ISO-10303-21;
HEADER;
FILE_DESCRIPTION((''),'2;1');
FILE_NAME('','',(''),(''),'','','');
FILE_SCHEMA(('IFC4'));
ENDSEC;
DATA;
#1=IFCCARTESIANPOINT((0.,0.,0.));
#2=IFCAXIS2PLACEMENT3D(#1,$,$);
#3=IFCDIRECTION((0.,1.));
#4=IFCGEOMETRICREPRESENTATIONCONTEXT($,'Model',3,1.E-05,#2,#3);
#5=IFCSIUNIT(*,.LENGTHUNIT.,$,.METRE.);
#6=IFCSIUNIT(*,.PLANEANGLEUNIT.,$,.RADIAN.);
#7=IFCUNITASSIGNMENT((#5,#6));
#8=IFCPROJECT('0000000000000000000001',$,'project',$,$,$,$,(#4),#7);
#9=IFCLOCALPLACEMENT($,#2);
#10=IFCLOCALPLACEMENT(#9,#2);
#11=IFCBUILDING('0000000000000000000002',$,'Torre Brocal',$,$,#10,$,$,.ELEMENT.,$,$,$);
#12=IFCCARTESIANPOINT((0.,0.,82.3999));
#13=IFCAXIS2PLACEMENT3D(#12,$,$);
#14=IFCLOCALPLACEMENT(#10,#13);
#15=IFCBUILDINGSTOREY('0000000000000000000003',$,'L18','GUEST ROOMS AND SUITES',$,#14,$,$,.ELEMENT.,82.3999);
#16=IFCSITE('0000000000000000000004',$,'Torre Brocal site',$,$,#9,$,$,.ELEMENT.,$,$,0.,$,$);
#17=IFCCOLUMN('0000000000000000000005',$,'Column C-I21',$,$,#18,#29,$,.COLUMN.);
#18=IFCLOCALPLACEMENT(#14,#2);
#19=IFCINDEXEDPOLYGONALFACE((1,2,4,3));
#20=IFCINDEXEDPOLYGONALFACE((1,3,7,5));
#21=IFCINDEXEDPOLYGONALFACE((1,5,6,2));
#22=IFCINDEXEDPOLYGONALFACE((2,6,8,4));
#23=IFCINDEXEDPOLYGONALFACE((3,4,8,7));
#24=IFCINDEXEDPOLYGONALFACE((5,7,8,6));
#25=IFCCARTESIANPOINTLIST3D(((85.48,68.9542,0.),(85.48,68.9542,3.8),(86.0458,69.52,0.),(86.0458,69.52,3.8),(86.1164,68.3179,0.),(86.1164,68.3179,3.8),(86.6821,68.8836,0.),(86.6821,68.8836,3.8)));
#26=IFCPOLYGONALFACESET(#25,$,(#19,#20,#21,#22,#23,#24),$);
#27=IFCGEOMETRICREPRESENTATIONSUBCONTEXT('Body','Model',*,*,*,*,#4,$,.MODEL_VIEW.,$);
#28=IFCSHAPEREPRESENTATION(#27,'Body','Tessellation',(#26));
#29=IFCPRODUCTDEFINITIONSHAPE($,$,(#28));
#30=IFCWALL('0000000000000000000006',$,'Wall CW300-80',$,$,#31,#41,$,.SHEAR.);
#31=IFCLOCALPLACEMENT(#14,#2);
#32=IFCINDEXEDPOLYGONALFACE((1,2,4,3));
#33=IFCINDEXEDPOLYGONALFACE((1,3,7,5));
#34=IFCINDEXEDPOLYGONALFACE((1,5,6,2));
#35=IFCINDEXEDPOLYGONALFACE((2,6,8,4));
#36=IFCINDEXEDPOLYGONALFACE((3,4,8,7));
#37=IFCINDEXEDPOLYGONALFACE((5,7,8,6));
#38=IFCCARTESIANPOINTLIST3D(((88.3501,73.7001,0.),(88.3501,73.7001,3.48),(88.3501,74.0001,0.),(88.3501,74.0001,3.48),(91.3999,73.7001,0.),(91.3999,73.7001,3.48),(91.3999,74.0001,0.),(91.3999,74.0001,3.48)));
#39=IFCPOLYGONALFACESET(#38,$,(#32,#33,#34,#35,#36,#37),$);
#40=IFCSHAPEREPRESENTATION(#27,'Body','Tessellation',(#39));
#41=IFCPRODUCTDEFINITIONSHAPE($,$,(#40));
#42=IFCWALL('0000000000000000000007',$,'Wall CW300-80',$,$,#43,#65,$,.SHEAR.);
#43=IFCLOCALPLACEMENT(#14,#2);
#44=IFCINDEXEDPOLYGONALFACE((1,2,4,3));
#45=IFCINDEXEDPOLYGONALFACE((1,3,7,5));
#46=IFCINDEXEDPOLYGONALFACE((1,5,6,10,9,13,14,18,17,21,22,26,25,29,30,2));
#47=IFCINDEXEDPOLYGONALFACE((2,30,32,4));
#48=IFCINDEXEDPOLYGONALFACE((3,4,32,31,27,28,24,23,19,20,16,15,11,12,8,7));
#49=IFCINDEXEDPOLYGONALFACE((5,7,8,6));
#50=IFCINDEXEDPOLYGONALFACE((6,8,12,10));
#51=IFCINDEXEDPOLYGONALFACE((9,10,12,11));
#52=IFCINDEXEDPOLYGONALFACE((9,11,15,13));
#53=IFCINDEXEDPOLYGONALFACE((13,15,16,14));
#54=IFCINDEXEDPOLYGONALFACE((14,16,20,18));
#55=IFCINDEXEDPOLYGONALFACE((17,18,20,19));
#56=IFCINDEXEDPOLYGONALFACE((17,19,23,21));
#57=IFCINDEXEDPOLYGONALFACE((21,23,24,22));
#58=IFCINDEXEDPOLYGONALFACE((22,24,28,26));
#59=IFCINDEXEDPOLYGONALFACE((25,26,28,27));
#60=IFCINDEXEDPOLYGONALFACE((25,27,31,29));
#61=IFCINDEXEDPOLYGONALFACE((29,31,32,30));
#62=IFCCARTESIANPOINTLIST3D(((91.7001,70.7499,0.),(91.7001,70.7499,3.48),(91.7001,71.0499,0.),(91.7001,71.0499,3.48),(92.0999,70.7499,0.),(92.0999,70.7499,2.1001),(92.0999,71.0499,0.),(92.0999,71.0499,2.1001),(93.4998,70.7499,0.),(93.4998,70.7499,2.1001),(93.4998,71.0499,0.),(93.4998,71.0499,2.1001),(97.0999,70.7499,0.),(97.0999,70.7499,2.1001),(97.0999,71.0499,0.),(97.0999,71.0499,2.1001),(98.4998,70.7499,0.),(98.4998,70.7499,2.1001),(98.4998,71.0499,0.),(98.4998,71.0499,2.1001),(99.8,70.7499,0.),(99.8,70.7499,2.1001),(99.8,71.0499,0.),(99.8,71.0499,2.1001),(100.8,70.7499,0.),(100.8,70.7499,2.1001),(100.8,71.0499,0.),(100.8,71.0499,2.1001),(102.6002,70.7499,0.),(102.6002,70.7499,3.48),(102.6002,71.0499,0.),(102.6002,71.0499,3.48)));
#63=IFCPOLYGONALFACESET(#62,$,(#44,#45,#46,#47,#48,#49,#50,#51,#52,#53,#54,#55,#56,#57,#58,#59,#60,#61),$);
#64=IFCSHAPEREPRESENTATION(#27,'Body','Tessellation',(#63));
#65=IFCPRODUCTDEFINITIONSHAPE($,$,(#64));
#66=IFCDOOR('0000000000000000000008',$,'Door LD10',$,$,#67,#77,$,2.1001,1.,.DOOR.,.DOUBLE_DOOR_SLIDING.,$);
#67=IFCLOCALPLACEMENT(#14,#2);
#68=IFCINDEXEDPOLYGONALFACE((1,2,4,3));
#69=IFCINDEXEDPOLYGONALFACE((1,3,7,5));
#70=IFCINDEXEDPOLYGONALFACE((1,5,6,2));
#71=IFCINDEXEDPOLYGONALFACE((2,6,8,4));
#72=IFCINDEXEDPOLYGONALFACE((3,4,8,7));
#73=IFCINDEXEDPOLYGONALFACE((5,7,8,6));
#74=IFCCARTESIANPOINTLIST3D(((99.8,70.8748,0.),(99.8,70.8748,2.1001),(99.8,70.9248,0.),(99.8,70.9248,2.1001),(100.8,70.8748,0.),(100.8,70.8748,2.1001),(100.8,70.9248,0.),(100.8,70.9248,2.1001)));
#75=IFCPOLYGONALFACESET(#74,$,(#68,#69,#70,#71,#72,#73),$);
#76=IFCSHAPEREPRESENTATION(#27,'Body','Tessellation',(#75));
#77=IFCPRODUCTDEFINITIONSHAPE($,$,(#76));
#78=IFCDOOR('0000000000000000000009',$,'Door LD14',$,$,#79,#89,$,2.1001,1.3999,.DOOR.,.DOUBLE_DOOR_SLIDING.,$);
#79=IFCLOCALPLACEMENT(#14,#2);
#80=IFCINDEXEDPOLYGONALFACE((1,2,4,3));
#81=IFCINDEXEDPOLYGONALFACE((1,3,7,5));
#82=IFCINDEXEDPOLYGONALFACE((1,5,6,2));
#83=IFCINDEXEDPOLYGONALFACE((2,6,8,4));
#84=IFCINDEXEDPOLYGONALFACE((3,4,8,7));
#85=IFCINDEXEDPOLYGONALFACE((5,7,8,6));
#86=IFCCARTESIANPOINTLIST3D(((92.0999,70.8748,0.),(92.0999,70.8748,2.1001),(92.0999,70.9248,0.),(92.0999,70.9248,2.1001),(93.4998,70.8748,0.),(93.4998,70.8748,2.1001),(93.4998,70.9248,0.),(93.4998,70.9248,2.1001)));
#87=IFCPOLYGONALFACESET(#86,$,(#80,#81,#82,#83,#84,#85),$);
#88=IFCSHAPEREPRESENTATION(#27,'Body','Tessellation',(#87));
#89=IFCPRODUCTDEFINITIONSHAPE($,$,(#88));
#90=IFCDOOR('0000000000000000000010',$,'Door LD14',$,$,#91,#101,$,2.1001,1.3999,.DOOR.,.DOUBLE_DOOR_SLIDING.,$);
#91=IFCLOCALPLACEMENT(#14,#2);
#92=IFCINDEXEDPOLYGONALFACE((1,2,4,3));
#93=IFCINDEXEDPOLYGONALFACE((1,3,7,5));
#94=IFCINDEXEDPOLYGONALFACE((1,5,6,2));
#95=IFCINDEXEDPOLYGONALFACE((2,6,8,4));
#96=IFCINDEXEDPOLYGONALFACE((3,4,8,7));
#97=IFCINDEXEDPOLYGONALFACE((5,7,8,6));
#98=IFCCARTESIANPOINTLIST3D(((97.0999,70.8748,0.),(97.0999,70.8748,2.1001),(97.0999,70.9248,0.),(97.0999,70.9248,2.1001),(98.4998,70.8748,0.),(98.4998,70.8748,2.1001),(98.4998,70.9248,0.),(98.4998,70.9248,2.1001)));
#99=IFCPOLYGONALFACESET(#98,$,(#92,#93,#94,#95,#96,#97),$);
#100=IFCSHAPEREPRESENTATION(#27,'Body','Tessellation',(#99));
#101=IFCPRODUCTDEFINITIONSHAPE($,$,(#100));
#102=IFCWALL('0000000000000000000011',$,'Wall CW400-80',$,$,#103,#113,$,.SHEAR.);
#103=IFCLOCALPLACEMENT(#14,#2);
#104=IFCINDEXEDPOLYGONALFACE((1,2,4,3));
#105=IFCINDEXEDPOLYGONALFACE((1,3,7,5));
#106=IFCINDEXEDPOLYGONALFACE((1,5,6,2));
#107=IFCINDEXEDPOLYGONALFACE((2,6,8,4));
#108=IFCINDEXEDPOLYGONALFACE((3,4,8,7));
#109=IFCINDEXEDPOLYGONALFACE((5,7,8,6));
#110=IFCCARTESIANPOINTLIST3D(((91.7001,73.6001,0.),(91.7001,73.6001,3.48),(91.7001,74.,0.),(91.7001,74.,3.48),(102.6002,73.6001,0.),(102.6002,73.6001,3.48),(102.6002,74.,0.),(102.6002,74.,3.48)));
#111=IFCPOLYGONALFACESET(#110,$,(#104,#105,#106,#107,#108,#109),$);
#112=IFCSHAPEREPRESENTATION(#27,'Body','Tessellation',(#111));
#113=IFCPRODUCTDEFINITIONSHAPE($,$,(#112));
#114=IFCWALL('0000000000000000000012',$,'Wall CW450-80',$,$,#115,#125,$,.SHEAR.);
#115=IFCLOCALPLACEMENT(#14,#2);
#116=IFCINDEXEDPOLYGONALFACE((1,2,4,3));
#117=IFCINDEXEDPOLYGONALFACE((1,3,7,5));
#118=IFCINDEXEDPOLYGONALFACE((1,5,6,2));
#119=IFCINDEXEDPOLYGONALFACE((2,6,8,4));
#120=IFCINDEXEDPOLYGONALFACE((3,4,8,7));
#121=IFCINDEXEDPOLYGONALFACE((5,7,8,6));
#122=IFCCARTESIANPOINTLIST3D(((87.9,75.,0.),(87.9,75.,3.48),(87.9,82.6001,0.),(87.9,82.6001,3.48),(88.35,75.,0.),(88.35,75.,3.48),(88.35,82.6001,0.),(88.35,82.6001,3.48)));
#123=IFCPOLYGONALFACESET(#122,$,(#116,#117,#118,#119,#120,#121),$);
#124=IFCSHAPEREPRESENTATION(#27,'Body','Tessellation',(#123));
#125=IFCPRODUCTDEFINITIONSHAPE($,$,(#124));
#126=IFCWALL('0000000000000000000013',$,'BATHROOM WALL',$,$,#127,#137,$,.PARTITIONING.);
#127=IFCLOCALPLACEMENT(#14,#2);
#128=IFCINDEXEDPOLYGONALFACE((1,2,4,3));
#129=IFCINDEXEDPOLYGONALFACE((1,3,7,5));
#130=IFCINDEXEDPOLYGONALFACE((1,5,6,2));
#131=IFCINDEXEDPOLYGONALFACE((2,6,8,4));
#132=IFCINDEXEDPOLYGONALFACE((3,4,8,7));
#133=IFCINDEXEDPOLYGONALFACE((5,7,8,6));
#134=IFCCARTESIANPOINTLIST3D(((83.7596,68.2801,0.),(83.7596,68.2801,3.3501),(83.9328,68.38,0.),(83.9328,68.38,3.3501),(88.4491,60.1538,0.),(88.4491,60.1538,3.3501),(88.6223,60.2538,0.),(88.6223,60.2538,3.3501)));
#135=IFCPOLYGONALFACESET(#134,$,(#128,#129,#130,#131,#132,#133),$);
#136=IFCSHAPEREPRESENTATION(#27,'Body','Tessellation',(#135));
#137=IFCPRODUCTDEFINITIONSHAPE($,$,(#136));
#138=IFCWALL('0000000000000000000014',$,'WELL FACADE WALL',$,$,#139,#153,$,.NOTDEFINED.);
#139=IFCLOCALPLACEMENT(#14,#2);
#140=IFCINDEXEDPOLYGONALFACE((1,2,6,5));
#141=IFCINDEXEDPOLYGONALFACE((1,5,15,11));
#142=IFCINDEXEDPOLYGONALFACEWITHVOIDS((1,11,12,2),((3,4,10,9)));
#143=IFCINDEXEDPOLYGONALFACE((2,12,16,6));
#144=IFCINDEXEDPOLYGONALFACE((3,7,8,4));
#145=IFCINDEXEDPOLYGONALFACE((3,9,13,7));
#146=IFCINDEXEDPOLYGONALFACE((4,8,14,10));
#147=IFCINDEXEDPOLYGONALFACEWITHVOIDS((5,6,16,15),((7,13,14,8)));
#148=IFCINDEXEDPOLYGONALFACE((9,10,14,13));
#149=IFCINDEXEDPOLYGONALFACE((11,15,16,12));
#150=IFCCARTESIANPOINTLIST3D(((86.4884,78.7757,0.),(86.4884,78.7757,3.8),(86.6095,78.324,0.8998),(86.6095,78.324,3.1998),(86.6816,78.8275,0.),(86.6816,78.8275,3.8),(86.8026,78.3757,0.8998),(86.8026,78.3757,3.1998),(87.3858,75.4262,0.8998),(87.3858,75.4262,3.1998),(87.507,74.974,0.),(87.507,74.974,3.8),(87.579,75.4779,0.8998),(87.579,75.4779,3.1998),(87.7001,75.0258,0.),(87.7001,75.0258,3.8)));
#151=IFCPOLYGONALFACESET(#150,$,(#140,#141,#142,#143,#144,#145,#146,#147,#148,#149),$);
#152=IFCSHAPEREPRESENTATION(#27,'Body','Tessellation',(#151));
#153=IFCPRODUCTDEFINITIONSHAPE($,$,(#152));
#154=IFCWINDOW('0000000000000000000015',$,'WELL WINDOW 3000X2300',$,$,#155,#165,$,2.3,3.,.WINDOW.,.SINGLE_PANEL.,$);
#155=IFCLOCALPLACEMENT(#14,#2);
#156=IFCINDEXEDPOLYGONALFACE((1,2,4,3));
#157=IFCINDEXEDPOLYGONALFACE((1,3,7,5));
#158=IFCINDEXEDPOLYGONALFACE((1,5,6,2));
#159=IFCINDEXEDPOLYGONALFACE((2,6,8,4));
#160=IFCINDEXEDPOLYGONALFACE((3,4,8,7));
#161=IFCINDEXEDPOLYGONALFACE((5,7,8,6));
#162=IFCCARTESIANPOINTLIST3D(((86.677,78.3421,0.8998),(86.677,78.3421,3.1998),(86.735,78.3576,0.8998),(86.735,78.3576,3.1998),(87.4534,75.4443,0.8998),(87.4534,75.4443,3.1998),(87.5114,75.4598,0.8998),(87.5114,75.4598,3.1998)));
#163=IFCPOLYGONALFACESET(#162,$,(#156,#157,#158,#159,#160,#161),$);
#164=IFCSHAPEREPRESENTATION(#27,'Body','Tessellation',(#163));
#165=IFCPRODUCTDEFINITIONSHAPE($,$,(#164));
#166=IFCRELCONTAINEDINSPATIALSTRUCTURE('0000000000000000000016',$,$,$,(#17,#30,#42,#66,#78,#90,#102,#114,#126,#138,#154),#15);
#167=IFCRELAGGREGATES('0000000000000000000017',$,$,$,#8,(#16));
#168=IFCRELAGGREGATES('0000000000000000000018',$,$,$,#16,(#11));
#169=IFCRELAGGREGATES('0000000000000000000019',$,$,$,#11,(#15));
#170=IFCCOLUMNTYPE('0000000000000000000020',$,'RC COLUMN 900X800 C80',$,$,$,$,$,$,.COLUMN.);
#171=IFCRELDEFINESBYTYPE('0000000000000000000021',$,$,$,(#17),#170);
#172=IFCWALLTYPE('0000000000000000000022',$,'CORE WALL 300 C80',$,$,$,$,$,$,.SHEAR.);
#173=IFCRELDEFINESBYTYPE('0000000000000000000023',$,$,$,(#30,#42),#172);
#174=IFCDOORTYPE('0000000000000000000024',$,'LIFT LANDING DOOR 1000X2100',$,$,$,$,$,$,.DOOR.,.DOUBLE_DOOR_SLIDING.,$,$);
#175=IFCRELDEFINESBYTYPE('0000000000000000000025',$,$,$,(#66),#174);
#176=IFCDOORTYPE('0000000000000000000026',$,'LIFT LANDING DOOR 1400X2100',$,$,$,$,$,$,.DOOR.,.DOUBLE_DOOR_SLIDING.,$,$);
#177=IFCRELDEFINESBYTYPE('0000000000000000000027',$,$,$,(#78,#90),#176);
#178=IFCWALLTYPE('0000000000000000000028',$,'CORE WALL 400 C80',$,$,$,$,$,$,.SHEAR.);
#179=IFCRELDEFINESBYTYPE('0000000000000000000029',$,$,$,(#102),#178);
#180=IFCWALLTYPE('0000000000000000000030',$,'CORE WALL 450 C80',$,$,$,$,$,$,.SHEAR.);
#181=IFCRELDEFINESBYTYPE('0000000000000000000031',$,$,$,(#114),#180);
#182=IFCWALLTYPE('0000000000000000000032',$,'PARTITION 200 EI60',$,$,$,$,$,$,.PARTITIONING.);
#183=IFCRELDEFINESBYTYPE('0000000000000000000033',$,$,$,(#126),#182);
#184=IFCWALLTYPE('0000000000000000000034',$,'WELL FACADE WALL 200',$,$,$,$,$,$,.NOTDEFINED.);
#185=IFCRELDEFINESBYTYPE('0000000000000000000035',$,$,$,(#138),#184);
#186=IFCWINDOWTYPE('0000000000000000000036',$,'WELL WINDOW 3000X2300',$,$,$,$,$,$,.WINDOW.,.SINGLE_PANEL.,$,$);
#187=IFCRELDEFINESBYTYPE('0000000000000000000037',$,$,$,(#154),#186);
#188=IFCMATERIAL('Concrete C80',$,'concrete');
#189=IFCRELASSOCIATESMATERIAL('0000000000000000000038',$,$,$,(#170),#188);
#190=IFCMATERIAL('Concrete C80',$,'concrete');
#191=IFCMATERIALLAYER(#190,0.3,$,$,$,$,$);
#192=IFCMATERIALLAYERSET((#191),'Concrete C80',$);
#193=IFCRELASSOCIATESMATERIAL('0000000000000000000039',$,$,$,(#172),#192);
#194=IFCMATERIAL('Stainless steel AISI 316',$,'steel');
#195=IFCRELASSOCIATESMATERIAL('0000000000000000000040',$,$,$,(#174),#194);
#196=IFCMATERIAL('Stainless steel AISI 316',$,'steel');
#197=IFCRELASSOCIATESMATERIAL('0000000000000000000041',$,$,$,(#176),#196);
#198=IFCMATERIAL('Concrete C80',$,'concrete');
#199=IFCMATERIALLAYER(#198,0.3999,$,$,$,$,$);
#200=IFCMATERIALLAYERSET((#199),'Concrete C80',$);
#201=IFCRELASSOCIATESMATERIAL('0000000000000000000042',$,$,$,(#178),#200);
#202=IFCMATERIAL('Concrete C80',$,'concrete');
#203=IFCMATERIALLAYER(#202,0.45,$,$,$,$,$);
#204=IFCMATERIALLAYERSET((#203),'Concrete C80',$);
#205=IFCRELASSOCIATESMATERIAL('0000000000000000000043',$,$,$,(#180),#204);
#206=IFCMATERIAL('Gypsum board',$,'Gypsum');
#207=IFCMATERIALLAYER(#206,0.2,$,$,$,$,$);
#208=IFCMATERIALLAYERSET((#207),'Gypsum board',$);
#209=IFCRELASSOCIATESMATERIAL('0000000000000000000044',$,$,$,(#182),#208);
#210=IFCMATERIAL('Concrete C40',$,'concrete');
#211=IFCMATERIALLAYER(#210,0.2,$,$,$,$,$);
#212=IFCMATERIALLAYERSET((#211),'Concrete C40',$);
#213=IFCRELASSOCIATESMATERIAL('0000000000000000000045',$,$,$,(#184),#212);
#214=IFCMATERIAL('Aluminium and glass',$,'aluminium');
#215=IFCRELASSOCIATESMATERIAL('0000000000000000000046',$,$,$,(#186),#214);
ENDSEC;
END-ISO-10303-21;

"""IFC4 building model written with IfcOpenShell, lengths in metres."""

from ifc_helpers import new_model, si_unit, direction, frame, frame_2d, origin, origin_2d, place, context, subcontext, project, spatial, rectangle, extrude, material, layer, layer_set, material_profile, profile_set, type_object, element, fill, save


model = new_model("IFC4")

# Units and contexts
model_context = context("Model", 3, precision=1e-05, world=origin(), true_north=direction((0.0, 1.0)))
body_context = subcontext(model_context, "Body", "Model", "MODEL_VIEW")
ifc_project = project(units=[si_unit("LENGTHUNIT", "METRE"), si_unit("PLANEANGLEUNIT", "RADIAN")], contexts=[model_context])

# Site, building, storey
site_placement = place(None, origin())
site = spatial("IfcSite", under=ifc_project, at=site_placement, Name="Torre Brocal site", CompositionType="ELEMENT", RefElevation=0.0)
building_placement = place(site_placement, origin())
building = spatial("IfcBuilding", under=site, at=building_placement, Name="Torre Brocal", CompositionType="ELEMENT")
storey_placement = place(building_placement, frame((0.0, 0.0, 82.3999)))
storey = spatial("IfcBuildingStorey", under=building, at=storey_placement, Name="L18", Description="GUEST ROOMS AND SUITES", CompositionType="ELEMENT", Elevation=82.3999)

# Column
ifc_material_1 = material(Name="Concrete C80", Category="concrete")
ifc_material_profile = material_profile(ifc_material_1, rectangle(XDim=0.8999, YDim=0.8, at=origin_2d()), Name="RC 900X800")
ifc_profile_set = profile_set([ifc_material_profile], Name="Concrete C80")
column_type = type_object("IfcColumnType", Name="RC COLUMN 900X800 C80", PredefinedType="COLUMN", material=ifc_profile_set)
column_placement = place(storey_placement, frame((86.0811, 68.9189, 0.0), z_axis=(0.0, 0.0, 1.0), x_axis=(0.707107, -0.707107, 0.0)))
element("IfcColumn", 1, at=column_placement, inside=storey, type_object=column_type, Name="Column C-I21", PredefinedType="COLUMN", context=body_context, shape_type="SweptSolid", body=[
    extrude(rectangle(XDim=0.8999, YDim=0.8, at=origin_2d()), origin(), (0.0, 0.0, 1.0), 3.8),
])

# Wall
ifc_material_2 = material(Name="Concrete C80", Category="concrete")
ifc_layer_1 = layer(ifc_material_2, 0.3)
ifc_layer_set_1 = layer_set([ifc_layer_1], Name="Concrete C80")
wall_type_1 = type_object("IfcWallType", Name="CORE WALL 300 C80", PredefinedType="SHEAR", material=ifc_layer_set_1)
wall_1_placement = place(storey_placement, frame((88.3501, 73.8501, 0.0), z_axis=(0.0, 0.0, 1.0), x_axis=(1.0, 0.0, 0.0)))
element("IfcWall", 2, at=wall_1_placement, inside=storey, type_object=wall_type_1, Name="Wall CW300-80", PredefinedType="SHEAR", context=body_context, shape_type="SweptSolid", body=[
    extrude(rectangle(XDim=3.0498, YDim=0.3, at=frame_2d((1.5249, 0.0))), origin(), (0.0, 0.0, 1.0), 3.48),
])

# Wall, openings, doors
wall_2_placement = place(storey_placement, frame((91.7, 70.8999, 0.0), z_axis=(0.0, 0.0, 1.0), x_axis=(1.0, 0.0, 0.0)))
wall_2 = element("IfcWall", 3, at=wall_2_placement, inside=storey, type_object=wall_type_1, Name="Wall CW300-80", PredefinedType="SHEAR", context=body_context, shape_type="SweptSolid", body=[
    extrude(rectangle(XDim=10.9001, YDim=0.3, at=frame_2d((5.4502, 0.0))), origin(), (0.0, 0.0, 1.0), 3.48),
])
opening_1_placement = place(wall_2_placement, frame((0.3999, 0.0, 0.0)))
opening_1 = element("IfcOpeningElement", 4, at=opening_1_placement, cuts=wall_2, PredefinedType="OPENING", context=body_context, shape_type="SweptSolid", body=[
    extrude(rectangle(XDim=1.3999, YDim=2.1001, at=frame_2d((0.7, 1.05))), frame((0.0, 0.1599, 0.0), z_axis=(0.0, -1.0, 0.0), x_axis=(1.0, 0.0, 0.0)), (0.0, 0.0, 1.0), 0.3201),
])
opening_2_placement = place(wall_2_placement, frame((5.3999, 0.0, 0.0)))
opening_2 = element("IfcOpeningElement", 5, at=opening_2_placement, cuts=wall_2, PredefinedType="OPENING", context=body_context, shape_type="SweptSolid", body=[
    extrude(rectangle(XDim=1.3999, YDim=2.1001, at=frame_2d((0.7, 1.05))), frame((0.0, 0.1599, 0.0), z_axis=(0.0, -1.0, 0.0), x_axis=(1.0, 0.0, 0.0)), (0.0, 0.0, 1.0), 0.3201),
])
opening_3_placement = place(wall_2_placement, frame((8.1001, 0.0, 0.0)))
opening_3 = element("IfcOpeningElement", 6, at=opening_3_placement, cuts=wall_2, PredefinedType="OPENING", context=body_context, shape_type="SweptSolid", body=[
    extrude(rectangle(XDim=1.0, YDim=2.1001, at=frame_2d((0.5, 1.05))), frame((0.0, 0.1599, 0.0), z_axis=(0.0, -1.0, 0.0), x_axis=(1.0, 0.0, 0.0)), (0.0, 0.0, 1.0), 0.3201),
])
ifc_material_3 = material(Name="Stainless steel AISI 316", Category="steel")
door_type_1 = type_object("IfcDoorType", Name="LIFT LANDING DOOR 1000X2100", OperationType="DOUBLE_DOOR_SLIDING", PredefinedType="DOOR", material=ifc_material_3)
door_1_placement = place(opening_3_placement, origin())
door_1 = element("IfcDoor", 7, at=door_1_placement, inside=storey, type_object=door_type_1, Name="Door LD10", OperationType="DOUBLE_DOOR_SLIDING", OverallHeight=2.1001, OverallWidth=1.0, PredefinedType="DOOR", context=body_context, shape_type="SweptSolid", body=[
    extrude(rectangle(XDim=1.0, YDim=2.1001, at=frame_2d((0.5, 1.05))), frame((0.0, 0.0249, 0.0), z_axis=(0.0, -1.0, 0.0), x_axis=(1.0, 0.0, 0.0)), (0.0, 0.0, 1.0), 0.05),
])
fill(opening_3, door_1)
ifc_material_4 = material(Name="Stainless steel AISI 316", Category="steel")
door_type_2 = type_object("IfcDoorType", Name="LIFT LANDING DOOR 1400X2100", OperationType="DOUBLE_DOOR_SLIDING", PredefinedType="DOOR", material=ifc_material_4)
door_2_placement = place(opening_1_placement, origin())
door_2 = element("IfcDoor", 8, at=door_2_placement, inside=storey, type_object=door_type_2, Name="Door LD14", OperationType="DOUBLE_DOOR_SLIDING", OverallHeight=2.1001, OverallWidth=1.3999, PredefinedType="DOOR", context=body_context, shape_type="SweptSolid", body=[
    extrude(rectangle(XDim=1.3999, YDim=2.1001, at=frame_2d((0.7, 1.05))), frame((0.0, 0.0249, 0.0), z_axis=(0.0, -1.0, 0.0), x_axis=(1.0, 0.0, 0.0)), (0.0, 0.0, 1.0), 0.05),
])
fill(opening_1, door_2)
door_3_placement = place(opening_2_placement, origin())
door_3 = element("IfcDoor", 9, at=door_3_placement, inside=storey, type_object=door_type_2, Name="Door LD14", OperationType="DOUBLE_DOOR_SLIDING", OverallHeight=2.1001, OverallWidth=1.3999, PredefinedType="DOOR", context=body_context, shape_type="SweptSolid", body=[
    extrude(rectangle(XDim=1.3999, YDim=2.1001, at=frame_2d((0.7, 1.05))), frame((0.0, 0.0249, 0.0), z_axis=(0.0, -1.0, 0.0), x_axis=(1.0, 0.0, 0.0)), (0.0, 0.0, 1.0), 0.05),
])
fill(opening_2, door_3)

# Walls
ifc_material_5 = material(Name="Concrete C80", Category="concrete")
ifc_layer_2 = layer(ifc_material_5, 0.3999)
ifc_layer_set_2 = layer_set([ifc_layer_2], Name="Concrete C80")
wall_type_2 = type_object("IfcWallType", Name="CORE WALL 400 C80", PredefinedType="SHEAR", material=ifc_layer_set_2)
wall_3_placement = place(storey_placement, frame((91.7, 73.8, 0.0), z_axis=(0.0, 0.0, 1.0), x_axis=(1.0, 0.0, 0.0)))
element("IfcWall", 10, at=wall_3_placement, inside=storey, type_object=wall_type_2, Name="Wall CW400-80", PredefinedType="SHEAR", context=body_context, shape_type="SweptSolid", body=[
    extrude(rectangle(XDim=10.9001, YDim=0.3999, at=frame_2d((5.4502, 0.0))), origin(), (0.0, 0.0, 1.0), 3.48),
])
ifc_material_6 = material(Name="Concrete C80", Category="concrete")
ifc_layer_3 = layer(ifc_material_6, 0.45)
ifc_layer_set_3 = layer_set([ifc_layer_3], Name="Concrete C80")
wall_type_3 = type_object("IfcWallType", Name="CORE WALL 450 C80", PredefinedType="SHEAR", material=ifc_layer_set_3)
wall_4_placement = place(storey_placement, frame((88.125, 75.0, 0.0), z_axis=(0.0, 0.0, 1.0), x_axis=(0.0, 1.0, 0.0)))
element("IfcWall", 11, at=wall_4_placement, inside=storey, type_object=wall_type_3, Name="Wall CW450-80", PredefinedType="SHEAR", context=body_context, shape_type="SweptSolid", body=[
    extrude(rectangle(XDim=7.6001, YDim=0.45, at=frame_2d((3.8, 0.0))), origin(), (0.0, 0.0, 1.0), 3.48),
])
ifc_material_7 = material(Name="Gypsum board", Category="Gypsum")
ifc_layer_4 = layer(ifc_material_7, 0.2)
ifc_layer_set_4 = layer_set([ifc_layer_4], Name="Gypsum board")
wall_type_4 = type_object("IfcWallType", Name="PARTITION 200 EI60", PredefinedType="PARTITIONING", material=ifc_layer_set_4)
wall_5_placement = place(storey_placement, frame((83.8462, 68.3301, 0.0), z_axis=(0.0, 0.0, 1.0), x_axis=(0.499822, -0.866128, 0.0)))
element("IfcWall", 12, at=wall_5_placement, inside=storey, type_object=wall_type_4, Name="BATHROOM WALL", PredefinedType="PARTITIONING", context=body_context, shape_type="SweptSolid", body=[
    extrude(rectangle(XDim=9.3823, YDim=0.2, at=frame_2d((4.6912, 0.0))), origin(), (0.0, 0.0, 1.0), 3.3501),
])

# Wall, opening, window
ifc_material_8 = material(Name="Concrete C40", Category="concrete")
ifc_layer_5 = layer(ifc_material_8, 0.2)
ifc_layer_set_5 = layer_set([ifc_layer_5], Name="Concrete C40")
wall_type_5 = type_object("IfcWallType", Name="WELL FACADE WALL 200", PredefinedType="NOTDEFINED", material=ifc_layer_set_5)
wall_6_placement = place(storey_placement, frame((87.6035, 75.0, 0.0), z_axis=(0.0, 0.0, 1.0), x_axis=(-0.25879, 0.965934, 0.0)))
wall_6 = element("IfcWall", 13, at=wall_6_placement, inside=storey, type_object=wall_type_5, Name="WELL FACADE WALL", PredefinedType="NOTDEFINED", context=body_context, shape_type="SweptSolid", body=[
    extrude(rectangle(XDim=3.9358, YDim=0.2, at=frame_2d((1.9678, 0.0))), origin(), (0.0, 0.0, 1.0), 3.8),
])
opening_4_placement = place(wall_6_placement, frame((0.468, 0.0, 0.8999)))
opening_4 = element("IfcOpeningElement", 14, at=opening_4_placement, cuts=wall_6, PredefinedType="OPENING", context=body_context, shape_type="SweptSolid", body=[
    extrude(rectangle(XDim=3.0, YDim=2.3, at=frame_2d((1.5, 1.1499))), frame((0.0, 0.1099, 0.0), z_axis=(0.0, -1.0, 0.0), x_axis=(1.0, 0.0, 0.0)), (0.0, 0.0, 1.0), 0.22),
])
ifc_material_9 = material(Name="Aluminium and glass", Category="aluminium")
window_type = type_object("IfcWindowType", Name="WELL WINDOW 3000X2300", PartitioningType="SINGLE_PANEL", PredefinedType="WINDOW", material=ifc_material_9)
window_1_placement = place(opening_4_placement, origin())
window_1 = element("IfcWindow", 15, at=window_1_placement, inside=storey, type_object=window_type, Name="WELL WINDOW 3000X2300", OverallHeight=2.3, OverallWidth=3.0, PartitioningType="SINGLE_PANEL", PredefinedType="WINDOW", context=body_context, shape_type="SweptSolid", body=[
    extrude(rectangle(XDim=3.0, YDim=2.3, at=frame_2d((1.5, 1.1499))), frame((0.0, 0.03, 0.0), z_axis=(0.0, -1.0, 0.0), x_axis=(1.0, 0.0, 0.0)), (0.0, 0.0, 1.0), 0.0601),
])
fill(opening_4, window_1)

save(model, "model.ifc")
